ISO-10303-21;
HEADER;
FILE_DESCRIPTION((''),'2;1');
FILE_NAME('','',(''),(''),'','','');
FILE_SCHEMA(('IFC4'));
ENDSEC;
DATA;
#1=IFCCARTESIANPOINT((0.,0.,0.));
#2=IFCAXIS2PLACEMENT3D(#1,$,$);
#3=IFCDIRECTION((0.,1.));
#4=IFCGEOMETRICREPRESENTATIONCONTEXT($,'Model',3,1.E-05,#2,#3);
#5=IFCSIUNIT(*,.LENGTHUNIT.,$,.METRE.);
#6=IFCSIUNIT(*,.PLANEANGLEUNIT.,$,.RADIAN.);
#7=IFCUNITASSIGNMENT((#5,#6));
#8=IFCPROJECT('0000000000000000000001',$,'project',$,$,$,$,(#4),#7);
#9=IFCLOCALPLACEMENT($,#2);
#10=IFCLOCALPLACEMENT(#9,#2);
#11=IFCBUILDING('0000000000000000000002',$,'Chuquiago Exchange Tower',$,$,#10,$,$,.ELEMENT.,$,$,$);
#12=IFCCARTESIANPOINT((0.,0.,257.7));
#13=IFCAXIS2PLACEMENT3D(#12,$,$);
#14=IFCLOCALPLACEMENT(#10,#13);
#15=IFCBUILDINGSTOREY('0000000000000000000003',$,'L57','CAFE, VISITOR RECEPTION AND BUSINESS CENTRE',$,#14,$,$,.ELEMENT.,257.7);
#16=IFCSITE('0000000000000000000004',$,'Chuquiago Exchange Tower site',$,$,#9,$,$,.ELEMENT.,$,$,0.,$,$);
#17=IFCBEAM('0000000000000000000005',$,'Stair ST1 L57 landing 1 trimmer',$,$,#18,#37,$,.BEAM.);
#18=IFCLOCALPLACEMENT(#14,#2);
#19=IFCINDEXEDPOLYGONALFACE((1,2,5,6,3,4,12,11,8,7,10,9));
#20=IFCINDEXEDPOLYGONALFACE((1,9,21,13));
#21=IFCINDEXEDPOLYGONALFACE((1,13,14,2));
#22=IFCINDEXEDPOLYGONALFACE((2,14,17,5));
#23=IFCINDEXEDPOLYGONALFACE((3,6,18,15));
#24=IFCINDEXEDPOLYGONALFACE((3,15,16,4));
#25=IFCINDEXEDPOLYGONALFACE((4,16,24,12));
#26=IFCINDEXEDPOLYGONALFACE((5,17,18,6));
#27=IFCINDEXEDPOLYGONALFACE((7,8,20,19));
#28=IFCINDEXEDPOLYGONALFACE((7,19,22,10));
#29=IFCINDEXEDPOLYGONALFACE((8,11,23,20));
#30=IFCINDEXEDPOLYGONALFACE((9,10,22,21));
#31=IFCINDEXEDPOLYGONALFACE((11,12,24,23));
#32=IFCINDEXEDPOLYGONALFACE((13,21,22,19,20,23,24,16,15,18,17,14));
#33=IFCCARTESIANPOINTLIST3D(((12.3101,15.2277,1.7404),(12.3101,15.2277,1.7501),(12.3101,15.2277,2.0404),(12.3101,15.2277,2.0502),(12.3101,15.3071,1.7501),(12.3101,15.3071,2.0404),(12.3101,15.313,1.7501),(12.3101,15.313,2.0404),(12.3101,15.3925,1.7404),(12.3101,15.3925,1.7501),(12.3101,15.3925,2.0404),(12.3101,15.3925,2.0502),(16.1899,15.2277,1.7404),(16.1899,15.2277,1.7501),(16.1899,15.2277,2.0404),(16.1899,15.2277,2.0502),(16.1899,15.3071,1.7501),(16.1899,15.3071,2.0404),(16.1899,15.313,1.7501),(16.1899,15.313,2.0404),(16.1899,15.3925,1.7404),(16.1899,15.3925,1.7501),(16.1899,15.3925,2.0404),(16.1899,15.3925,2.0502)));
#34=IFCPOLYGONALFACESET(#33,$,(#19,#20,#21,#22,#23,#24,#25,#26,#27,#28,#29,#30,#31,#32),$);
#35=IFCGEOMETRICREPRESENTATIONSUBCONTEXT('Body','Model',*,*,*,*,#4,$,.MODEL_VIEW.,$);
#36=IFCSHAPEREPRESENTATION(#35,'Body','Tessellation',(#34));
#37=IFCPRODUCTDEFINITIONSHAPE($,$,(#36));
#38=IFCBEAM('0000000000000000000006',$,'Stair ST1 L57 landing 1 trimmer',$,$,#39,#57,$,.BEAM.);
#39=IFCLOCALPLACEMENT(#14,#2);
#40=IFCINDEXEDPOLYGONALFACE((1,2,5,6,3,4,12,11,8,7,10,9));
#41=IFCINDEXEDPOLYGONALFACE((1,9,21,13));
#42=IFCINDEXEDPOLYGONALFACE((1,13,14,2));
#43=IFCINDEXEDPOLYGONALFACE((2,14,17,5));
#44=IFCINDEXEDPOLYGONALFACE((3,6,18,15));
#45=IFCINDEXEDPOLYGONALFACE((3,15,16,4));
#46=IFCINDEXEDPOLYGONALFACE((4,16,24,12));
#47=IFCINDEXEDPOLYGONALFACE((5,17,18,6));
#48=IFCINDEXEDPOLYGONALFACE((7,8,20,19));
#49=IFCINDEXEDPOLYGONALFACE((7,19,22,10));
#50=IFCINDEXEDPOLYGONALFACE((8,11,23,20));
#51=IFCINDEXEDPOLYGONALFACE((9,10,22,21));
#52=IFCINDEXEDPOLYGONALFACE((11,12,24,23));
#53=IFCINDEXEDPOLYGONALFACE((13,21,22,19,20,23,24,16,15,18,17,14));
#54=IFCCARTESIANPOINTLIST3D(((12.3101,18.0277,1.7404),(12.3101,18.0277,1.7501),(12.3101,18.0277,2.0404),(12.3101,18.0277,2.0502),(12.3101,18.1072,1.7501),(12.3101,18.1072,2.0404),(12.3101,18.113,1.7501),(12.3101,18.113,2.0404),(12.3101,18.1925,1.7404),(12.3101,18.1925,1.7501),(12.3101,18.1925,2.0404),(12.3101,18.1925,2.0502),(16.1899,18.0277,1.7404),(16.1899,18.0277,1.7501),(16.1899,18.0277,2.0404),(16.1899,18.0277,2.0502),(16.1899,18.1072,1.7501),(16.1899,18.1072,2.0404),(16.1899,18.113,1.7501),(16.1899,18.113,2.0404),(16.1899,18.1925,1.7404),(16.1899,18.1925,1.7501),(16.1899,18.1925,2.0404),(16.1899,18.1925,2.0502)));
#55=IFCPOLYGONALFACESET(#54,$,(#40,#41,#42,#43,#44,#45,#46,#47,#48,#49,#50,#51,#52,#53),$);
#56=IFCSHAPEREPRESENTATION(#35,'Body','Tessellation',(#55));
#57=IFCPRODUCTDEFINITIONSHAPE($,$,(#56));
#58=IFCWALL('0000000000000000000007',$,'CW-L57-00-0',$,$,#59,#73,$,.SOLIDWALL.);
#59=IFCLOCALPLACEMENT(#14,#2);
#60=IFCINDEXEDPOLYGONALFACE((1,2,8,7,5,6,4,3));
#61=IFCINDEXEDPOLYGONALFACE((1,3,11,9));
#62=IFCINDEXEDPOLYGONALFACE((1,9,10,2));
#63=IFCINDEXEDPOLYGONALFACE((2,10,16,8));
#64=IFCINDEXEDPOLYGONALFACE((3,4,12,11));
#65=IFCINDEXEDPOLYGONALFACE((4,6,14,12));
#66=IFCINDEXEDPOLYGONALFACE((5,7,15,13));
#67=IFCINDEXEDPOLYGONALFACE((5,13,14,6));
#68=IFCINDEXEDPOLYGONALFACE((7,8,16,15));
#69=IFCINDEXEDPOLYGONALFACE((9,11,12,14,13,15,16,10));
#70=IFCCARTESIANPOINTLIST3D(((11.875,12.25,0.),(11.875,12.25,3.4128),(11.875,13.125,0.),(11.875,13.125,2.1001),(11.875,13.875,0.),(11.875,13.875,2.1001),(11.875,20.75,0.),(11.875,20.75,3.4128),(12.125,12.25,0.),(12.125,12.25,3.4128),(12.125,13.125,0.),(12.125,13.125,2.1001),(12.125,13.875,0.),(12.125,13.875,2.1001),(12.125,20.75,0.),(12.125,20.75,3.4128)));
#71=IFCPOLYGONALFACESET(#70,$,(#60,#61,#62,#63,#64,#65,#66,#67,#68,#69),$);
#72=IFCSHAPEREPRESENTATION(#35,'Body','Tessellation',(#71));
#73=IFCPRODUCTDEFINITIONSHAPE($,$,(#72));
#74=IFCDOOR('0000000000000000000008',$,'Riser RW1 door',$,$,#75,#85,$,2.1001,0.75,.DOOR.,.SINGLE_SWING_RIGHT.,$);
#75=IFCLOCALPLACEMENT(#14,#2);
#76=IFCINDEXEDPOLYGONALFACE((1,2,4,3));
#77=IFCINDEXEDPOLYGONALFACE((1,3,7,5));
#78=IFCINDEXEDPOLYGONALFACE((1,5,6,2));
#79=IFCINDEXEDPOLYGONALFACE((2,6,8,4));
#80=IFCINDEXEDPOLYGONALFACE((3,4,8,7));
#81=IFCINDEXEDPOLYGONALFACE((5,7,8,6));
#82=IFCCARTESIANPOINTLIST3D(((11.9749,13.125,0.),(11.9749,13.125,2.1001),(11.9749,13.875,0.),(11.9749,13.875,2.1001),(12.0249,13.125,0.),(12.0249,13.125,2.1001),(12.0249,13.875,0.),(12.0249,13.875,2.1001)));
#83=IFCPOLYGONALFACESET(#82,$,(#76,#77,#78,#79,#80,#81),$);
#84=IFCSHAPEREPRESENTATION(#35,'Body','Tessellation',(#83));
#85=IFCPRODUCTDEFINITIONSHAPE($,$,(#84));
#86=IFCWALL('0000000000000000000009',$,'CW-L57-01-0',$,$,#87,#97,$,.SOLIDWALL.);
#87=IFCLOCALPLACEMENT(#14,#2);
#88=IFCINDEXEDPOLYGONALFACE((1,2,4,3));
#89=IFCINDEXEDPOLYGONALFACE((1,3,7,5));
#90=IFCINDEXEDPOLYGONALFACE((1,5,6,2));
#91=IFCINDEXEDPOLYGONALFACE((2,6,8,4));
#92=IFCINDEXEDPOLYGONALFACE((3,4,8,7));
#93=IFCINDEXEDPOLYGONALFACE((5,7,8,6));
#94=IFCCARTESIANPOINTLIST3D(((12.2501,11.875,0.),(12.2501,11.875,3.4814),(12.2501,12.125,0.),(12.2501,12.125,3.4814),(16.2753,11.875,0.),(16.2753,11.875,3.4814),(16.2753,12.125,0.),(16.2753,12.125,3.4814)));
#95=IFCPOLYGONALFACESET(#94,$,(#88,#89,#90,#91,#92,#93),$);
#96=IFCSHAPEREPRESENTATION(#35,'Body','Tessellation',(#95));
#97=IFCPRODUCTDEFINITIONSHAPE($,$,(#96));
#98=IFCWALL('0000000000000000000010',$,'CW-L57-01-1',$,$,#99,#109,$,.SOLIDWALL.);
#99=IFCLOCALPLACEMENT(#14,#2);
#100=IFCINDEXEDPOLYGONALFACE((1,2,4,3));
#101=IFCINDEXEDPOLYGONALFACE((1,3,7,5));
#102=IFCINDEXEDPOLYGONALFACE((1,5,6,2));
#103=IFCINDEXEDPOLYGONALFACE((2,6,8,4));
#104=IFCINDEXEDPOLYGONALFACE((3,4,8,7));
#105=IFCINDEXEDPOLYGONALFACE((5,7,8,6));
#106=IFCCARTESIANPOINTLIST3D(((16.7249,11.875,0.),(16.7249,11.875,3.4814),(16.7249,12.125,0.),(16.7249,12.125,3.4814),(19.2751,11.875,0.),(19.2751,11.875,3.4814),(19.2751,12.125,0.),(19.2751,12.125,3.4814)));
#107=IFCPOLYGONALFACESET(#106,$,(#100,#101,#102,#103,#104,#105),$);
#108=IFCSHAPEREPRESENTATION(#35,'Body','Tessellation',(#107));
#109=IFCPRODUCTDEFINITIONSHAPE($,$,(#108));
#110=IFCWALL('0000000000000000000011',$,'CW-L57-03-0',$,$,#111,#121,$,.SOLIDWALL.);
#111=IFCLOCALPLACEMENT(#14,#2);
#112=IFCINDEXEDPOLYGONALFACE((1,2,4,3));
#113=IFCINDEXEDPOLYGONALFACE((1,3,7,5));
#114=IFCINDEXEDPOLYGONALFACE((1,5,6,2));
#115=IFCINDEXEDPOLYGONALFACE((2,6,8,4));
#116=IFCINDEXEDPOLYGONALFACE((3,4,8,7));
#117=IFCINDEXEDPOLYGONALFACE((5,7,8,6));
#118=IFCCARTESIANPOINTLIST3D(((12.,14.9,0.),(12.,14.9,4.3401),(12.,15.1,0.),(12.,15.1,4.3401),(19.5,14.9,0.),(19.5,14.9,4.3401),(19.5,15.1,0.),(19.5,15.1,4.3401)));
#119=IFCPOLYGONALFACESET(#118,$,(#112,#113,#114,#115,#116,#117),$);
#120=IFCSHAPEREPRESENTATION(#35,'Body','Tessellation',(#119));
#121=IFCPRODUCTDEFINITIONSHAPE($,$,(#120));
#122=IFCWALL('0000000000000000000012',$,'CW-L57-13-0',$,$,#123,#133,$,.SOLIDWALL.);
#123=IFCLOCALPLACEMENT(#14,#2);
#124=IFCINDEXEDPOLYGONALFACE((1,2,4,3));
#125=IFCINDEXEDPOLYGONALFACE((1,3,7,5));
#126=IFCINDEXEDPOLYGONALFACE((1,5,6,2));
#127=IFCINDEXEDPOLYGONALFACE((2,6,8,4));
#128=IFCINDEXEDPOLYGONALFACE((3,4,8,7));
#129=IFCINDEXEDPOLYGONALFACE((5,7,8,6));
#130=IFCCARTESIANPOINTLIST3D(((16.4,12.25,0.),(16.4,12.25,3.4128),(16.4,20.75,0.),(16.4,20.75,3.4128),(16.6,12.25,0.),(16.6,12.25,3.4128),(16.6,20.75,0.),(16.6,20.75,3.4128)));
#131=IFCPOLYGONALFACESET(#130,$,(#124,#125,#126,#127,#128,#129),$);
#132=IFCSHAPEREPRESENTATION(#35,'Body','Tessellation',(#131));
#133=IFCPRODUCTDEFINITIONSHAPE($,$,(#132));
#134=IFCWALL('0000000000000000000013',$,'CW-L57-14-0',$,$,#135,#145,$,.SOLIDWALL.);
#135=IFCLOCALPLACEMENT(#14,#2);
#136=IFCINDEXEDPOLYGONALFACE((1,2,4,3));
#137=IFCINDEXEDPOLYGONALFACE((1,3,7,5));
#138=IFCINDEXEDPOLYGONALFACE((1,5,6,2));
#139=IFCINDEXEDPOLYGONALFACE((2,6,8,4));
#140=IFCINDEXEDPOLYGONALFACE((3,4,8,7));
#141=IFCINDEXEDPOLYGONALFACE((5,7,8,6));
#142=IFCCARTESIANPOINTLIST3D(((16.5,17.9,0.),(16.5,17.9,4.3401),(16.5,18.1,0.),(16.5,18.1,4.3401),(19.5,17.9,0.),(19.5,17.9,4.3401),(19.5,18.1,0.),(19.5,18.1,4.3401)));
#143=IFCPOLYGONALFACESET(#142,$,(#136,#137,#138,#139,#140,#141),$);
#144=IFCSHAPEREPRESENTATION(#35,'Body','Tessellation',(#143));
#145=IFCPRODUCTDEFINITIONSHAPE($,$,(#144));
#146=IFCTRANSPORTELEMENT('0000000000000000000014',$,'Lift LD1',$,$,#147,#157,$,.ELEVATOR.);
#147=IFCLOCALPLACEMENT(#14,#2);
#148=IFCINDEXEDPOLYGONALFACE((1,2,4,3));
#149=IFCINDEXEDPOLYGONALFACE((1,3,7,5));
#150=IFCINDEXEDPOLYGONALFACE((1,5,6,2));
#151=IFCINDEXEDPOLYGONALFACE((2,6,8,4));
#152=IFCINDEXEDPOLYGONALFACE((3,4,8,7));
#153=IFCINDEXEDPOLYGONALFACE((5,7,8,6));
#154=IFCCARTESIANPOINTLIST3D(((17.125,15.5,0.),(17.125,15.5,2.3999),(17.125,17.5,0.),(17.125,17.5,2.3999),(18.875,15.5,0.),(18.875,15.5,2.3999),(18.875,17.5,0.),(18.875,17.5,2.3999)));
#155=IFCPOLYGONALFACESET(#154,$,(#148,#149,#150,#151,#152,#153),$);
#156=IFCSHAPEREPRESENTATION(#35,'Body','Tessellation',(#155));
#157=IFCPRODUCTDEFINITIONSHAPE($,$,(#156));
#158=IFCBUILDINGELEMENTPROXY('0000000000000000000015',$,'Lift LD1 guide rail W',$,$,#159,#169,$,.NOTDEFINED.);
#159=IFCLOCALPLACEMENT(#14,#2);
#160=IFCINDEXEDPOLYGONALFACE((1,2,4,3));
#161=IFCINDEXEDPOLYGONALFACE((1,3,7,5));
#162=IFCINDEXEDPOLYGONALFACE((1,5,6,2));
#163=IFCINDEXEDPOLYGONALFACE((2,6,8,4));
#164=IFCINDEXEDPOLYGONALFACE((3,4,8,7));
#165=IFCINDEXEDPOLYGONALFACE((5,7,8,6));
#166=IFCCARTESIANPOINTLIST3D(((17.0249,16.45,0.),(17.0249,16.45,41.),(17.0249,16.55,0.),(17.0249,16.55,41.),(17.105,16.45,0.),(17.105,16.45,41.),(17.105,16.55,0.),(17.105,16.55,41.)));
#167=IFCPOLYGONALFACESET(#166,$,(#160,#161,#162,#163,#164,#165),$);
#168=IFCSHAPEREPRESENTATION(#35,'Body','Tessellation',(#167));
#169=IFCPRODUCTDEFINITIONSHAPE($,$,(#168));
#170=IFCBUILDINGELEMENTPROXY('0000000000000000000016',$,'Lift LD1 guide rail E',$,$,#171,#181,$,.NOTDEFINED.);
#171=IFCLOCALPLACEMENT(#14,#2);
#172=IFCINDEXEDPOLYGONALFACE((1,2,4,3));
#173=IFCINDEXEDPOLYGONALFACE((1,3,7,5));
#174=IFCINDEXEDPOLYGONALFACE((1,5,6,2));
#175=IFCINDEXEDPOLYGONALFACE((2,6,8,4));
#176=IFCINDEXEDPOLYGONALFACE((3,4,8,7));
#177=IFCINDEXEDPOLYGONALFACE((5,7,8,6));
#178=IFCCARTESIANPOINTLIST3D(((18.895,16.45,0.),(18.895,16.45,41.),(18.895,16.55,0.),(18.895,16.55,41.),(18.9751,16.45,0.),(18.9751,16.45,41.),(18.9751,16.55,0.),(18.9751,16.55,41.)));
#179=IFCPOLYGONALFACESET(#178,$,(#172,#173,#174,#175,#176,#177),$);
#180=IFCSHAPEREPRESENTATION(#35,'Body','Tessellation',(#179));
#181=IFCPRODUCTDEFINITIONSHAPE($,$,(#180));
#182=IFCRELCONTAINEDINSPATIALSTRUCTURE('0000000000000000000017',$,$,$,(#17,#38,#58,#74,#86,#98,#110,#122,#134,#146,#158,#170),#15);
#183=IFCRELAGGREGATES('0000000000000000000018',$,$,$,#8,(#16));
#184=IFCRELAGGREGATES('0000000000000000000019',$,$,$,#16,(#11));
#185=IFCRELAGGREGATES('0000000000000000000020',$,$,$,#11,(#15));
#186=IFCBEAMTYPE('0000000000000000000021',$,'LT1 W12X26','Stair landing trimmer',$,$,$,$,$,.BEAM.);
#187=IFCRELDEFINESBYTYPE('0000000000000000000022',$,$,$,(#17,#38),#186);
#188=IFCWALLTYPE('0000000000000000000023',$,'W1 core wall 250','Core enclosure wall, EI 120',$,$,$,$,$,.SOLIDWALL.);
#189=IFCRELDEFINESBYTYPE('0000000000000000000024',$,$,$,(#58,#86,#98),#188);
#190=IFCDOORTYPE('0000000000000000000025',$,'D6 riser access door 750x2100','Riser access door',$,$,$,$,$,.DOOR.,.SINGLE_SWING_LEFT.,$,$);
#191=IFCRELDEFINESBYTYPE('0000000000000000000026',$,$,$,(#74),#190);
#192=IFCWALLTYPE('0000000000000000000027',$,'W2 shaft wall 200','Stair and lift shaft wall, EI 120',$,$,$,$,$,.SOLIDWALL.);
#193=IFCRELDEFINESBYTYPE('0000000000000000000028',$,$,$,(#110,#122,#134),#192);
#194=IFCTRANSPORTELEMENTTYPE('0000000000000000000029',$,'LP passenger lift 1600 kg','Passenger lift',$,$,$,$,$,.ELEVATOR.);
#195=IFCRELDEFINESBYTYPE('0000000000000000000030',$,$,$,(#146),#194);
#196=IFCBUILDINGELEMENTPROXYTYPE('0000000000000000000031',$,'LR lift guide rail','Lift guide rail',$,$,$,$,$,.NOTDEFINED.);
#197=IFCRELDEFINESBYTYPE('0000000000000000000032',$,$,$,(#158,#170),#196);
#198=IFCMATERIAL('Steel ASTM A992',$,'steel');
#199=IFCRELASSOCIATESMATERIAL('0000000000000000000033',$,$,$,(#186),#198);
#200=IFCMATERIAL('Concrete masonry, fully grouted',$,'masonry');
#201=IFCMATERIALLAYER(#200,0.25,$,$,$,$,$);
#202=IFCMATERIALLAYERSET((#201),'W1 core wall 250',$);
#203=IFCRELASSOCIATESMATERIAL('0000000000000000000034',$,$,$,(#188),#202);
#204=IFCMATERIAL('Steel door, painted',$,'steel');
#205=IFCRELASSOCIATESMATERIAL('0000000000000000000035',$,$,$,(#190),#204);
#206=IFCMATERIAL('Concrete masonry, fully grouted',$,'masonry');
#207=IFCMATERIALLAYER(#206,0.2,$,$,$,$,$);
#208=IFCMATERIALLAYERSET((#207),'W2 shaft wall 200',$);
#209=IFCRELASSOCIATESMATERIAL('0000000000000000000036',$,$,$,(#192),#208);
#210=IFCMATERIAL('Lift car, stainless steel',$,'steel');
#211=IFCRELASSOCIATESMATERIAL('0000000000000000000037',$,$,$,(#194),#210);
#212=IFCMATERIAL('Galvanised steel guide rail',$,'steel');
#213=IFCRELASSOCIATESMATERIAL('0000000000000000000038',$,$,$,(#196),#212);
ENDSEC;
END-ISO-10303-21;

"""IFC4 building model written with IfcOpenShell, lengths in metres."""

from ifc_helpers import new_model, si_unit, direction, frame, frame_2d, origin, origin_2d, place, context, subcontext, project, spatial, rectangle, i_section, extrude, material, layer, layer_set, material_profile, profile_set, type_object, element, fill, save


model = new_model("IFC4")

# Units and contexts
model_context = context("Model", 3, precision=1e-05, world=origin(), true_north=direction((0.0, 1.0)))
body_context = subcontext(model_context, "Body", "Model", "MODEL_VIEW")
ifc_project = project(units=[si_unit("LENGTHUNIT", "METRE"), si_unit("PLANEANGLEUNIT", "RADIAN")], contexts=[model_context])

# Site, building, storey
site_placement = place(None, origin())
site = spatial("IfcSite", under=ifc_project, at=site_placement, Name="Chuquiago Exchange Tower site", CompositionType="ELEMENT", RefElevation=0.0)
building_placement = place(site_placement, origin())
building = spatial("IfcBuilding", under=site, at=building_placement, Name="Chuquiago Exchange Tower", CompositionType="ELEMENT")
storey_placement = place(building_placement, frame((0.0, 0.0, 257.7)))
storey = spatial("IfcBuildingStorey", under=building, at=storey_placement, Name="L57", Description="CAFE, VISITOR RECEPTION AND BUSINESS CENTRE", CompositionType="ELEMENT", Elevation=257.7)

# Beams
ifc_material_1 = material(Name="Steel ASTM A992", Category="steel")
ifc_material_profile_1 = material_profile(ifc_material_1, i_section(OverallWidth=0.1648, OverallDepth=0.3098, WebThickness=0.0059, FlangeThickness=0.0098, at=origin_2d()), Name="W12X26")
ifc_profile_set_1 = profile_set([ifc_material_profile_1], Name="Steel ASTM A992")
beam_type_1 = type_object("IfcBeamType", Name="LT1 W12X26", Description="Stair landing trimmer", PredefinedType="BEAM", material=ifc_profile_set_1)
for number, where, z_axis, x_axis, name in (
    (1, (12.3101, 15.3101, 1.8953), (1.0, 0.0, 0.0), (0.0, 1.0, 0.0), "Stair ST1 L57 landing 1 trimmer"),
    (2, (12.3101, 18.1101, 1.8953), (1.0, 0.0, 0.0), (0.0, 1.0, 0.0), "Stair ST1 L57 landing 1 trimmer"),
):
    element("IfcBeam", number, at=place(storey_placement, frame(where, z_axis=z_axis, x_axis=x_axis)), inside=storey, type_object=beam_type_1, Name=name, PredefinedType="BEAM", context=body_context, shape_type="SweptSolid", body=[
        extrude(i_section(OverallWidth=0.1648, OverallDepth=0.3098, WebThickness=0.0059, FlangeThickness=0.0098, at=origin_2d()), origin(), (0.0, 0.0, 1.0), 3.8799),
    ])

# Wall, opening, door
ifc_material_2 = material(Name="Concrete masonry, fully grouted", Category="masonry")
ifc_layer_1 = layer(ifc_material_2, 0.25)
ifc_layer_set_1 = layer_set([ifc_layer_1], Name="W1 core wall 250")
wall_type_1 = type_object("IfcWallType", Name="W1 core wall 250", Description="Core enclosure wall, EI 120", PredefinedType="SOLIDWALL", material=ifc_layer_set_1)
wall_1_placement = place(storey_placement, frame((12.0, 12.25, 0.0), z_axis=(0.0, 0.0, 1.0), x_axis=(0.0, 1.0, 0.0)))
wall_1 = element("IfcWall", 3, at=wall_1_placement, inside=storey, type_object=wall_type_1, Name="CW-L57-00-0", PredefinedType="SOLIDWALL", context=body_context, shape_type="SweptSolid", body=[
    extrude(rectangle(XDim=8.5, YDim=0.25, at=frame_2d((4.25, 0.0))), origin(), (0.0, 0.0, 1.0), 3.4128),
])
opening_placement = place(wall_1_placement, frame((0.875, 0.0, 0.0)))
opening = element("IfcOpeningElement", 4, at=opening_placement, cuts=wall_1, PredefinedType="OPENING", context=body_context, shape_type="SweptSolid", body=[
    extrude(rectangle(XDim=0.75, YDim=2.1001, at=frame_2d((0.375, 1.05))), frame((0.0, 0.135, 0.0), z_axis=(0.0, -1.0, 0.0), x_axis=(1.0, 0.0, 0.0)), (0.0, 0.0, 1.0), 0.27),
])
ifc_material_3 = material(Name="Steel door, painted", Category="steel")
door_type = type_object("IfcDoorType", Name="D6 riser access door 750x2100", Description="Riser access door", OperationType="SINGLE_SWING_LEFT", PredefinedType="DOOR", material=ifc_material_3)
door_placement = place(opening_placement, frame((0.75, 0.0, 0.0), z_axis=(0.0, 0.0, 1.0), x_axis=(-1.0, 0.0, 0.0)))
door = element("IfcDoor", 5, at=door_placement, inside=storey, type_object=door_type, Name="Riser RW1 door", OperationType="SINGLE_SWING_RIGHT", OverallHeight=2.1001, OverallWidth=0.75, PredefinedType="DOOR", context=body_context, shape_type="SweptSolid", body=[
    extrude(rectangle(XDim=0.75, YDim=2.1001, at=frame_2d((0.375, 1.05))), frame((0.0, 0.0249, 0.0), z_axis=(0.0, -1.0, 0.0), x_axis=(1.0, 0.0, 0.0)), (0.0, 0.0, 1.0), 0.05),
])
fill(opening, door)

# Walls
wall_2_placement = place(storey_placement, frame((12.25, 12.0, 0.0), z_axis=(0.0, 0.0, 1.0), x_axis=(1.0, 0.0, 0.0)))
element("IfcWall", 6, at=wall_2_placement, inside=storey, type_object=wall_type_1, Name="CW-L57-01-0", PredefinedType="SOLIDWALL", context=body_context, shape_type="SweptSolid", body=[
    extrude(rectangle(XDim=4.0251, YDim=0.25, at=frame_2d((2.0127, 0.0))), origin(), (0.0, 0.0, 1.0), 3.4814),
])
wall_3_placement = place(storey_placement, frame((16.7249, 12.0, 0.0), z_axis=(0.0, 0.0, 1.0), x_axis=(1.0, 0.0, 0.0)))
element("IfcWall", 7, at=wall_3_placement, inside=storey, type_object=wall_type_1, Name="CW-L57-01-1", PredefinedType="SOLIDWALL", context=body_context, shape_type="SweptSolid", body=[
    extrude(rectangle(XDim=2.5503, YDim=0.25, at=frame_2d((1.2751, 0.0))), origin(), (0.0, 0.0, 1.0), 3.4814),
])
ifc_material_4 = material(Name="Concrete masonry, fully grouted", Category="masonry")
ifc_layer_2 = layer(ifc_material_4, 0.2)
ifc_layer_set_2 = layer_set([ifc_layer_2], Name="W2 shaft wall 200")
wall_type_2 = type_object("IfcWallType", Name="W2 shaft wall 200", Description="Stair and lift shaft wall, EI 120", PredefinedType="SOLIDWALL", material=ifc_layer_set_2)
wall_4_placement = place(storey_placement, frame((12.0, 15.0, 0.0), z_axis=(0.0, 0.0, 1.0), x_axis=(1.0, 0.0, 0.0)))
element("IfcWall", 8, at=wall_4_placement, inside=storey, type_object=wall_type_2, Name="CW-L57-03-0", PredefinedType="SOLIDWALL", context=body_context, shape_type="SweptSolid", body=[
    extrude(rectangle(XDim=7.5, YDim=0.2, at=frame_2d((3.75, 0.0))), origin(), (0.0, 0.0, 1.0), 4.3401),
])
wall_5_placement = place(storey_placement, frame((16.5, 12.25, 0.0), z_axis=(0.0, 0.0, 1.0), x_axis=(0.0, 1.0, 0.0)))
element("IfcWall", 9, at=wall_5_placement, inside=storey, type_object=wall_type_2, Name="CW-L57-13-0", PredefinedType="SOLIDWALL", context=body_context, shape_type="SweptSolid", body=[
    extrude(rectangle(XDim=8.5, YDim=0.2, at=frame_2d((4.25, 0.0))), origin(), (0.0, 0.0, 1.0), 3.4128),
])
wall_6_placement = place(storey_placement, frame((16.5, 18.0, 0.0), z_axis=(0.0, 0.0, 1.0), x_axis=(1.0, 0.0, 0.0)))
element("IfcWall", 10, at=wall_6_placement, inside=storey, type_object=wall_type_2, Name="CW-L57-14-0", PredefinedType="SOLIDWALL", context=body_context, shape_type="SweptSolid", body=[
    extrude(rectangle(XDim=3.0, YDim=0.2, at=frame_2d((1.5, 0.0))), origin(), (0.0, 0.0, 1.0), 4.3401),
])

# Transport element
ifc_material_5 = material(Name="Lift car, stainless steel", Category="steel")
transport_element_type = type_object("IfcTransportElementType", Name="LP passenger lift 1600 kg", Description="Passenger lift", PredefinedType="ELEVATOR", material=ifc_material_5)
transport_element_placement = place(storey_placement, frame((18.0, 16.5, 0.0), z_axis=(0.0, 0.0, 1.0), x_axis=(1.0, 0.0, 0.0)))
element("IfcTransportElement", 11, at=transport_element_placement, inside=storey, type_object=transport_element_type, Name="Lift LD1", PredefinedType="ELEVATOR", context=body_context, shape_type="SweptSolid", body=[
    extrude(rectangle(XDim=1.75, YDim=2.0, at=origin_2d()), origin(), (0.0, 0.0, 1.0), 2.3999),
])

# Building element proxies
ifc_material_6 = material(Name="Galvanised steel guide rail", Category="steel")
building_element_proxy_type = type_object("IfcBuildingElementProxyType", Name="LR lift guide rail", Description="Lift guide rail", PredefinedType="NOTDEFINED", material=ifc_material_6)
for number, where, z_axis, x_axis, name in (
    (12, (17.0649, 16.5, 0.0), (0.0, 0.0, 1.0), (1.0, 0.0, 0.0), "Lift LD1 guide rail W"),
    (13, (18.9351, 16.5, 0.0), (0.0, 0.0, 1.0), (1.0, 0.0, 0.0), "Lift LD1 guide rail E"),
):
    element("IfcBuildingElementProxy", number, at=place(storey_placement, frame(where, z_axis=z_axis, x_axis=x_axis)), inside=storey, type_object=building_element_proxy_type, Name=name, PredefinedType="NOTDEFINED", context=body_context, shape_type="SweptSolid", body=[
        extrude(rectangle(XDim=0.0801, YDim=0.1001, at=origin_2d()), origin(), (0.0, 0.0, 1.0), 41.0),
    ])

save(model, "model.ifc")
